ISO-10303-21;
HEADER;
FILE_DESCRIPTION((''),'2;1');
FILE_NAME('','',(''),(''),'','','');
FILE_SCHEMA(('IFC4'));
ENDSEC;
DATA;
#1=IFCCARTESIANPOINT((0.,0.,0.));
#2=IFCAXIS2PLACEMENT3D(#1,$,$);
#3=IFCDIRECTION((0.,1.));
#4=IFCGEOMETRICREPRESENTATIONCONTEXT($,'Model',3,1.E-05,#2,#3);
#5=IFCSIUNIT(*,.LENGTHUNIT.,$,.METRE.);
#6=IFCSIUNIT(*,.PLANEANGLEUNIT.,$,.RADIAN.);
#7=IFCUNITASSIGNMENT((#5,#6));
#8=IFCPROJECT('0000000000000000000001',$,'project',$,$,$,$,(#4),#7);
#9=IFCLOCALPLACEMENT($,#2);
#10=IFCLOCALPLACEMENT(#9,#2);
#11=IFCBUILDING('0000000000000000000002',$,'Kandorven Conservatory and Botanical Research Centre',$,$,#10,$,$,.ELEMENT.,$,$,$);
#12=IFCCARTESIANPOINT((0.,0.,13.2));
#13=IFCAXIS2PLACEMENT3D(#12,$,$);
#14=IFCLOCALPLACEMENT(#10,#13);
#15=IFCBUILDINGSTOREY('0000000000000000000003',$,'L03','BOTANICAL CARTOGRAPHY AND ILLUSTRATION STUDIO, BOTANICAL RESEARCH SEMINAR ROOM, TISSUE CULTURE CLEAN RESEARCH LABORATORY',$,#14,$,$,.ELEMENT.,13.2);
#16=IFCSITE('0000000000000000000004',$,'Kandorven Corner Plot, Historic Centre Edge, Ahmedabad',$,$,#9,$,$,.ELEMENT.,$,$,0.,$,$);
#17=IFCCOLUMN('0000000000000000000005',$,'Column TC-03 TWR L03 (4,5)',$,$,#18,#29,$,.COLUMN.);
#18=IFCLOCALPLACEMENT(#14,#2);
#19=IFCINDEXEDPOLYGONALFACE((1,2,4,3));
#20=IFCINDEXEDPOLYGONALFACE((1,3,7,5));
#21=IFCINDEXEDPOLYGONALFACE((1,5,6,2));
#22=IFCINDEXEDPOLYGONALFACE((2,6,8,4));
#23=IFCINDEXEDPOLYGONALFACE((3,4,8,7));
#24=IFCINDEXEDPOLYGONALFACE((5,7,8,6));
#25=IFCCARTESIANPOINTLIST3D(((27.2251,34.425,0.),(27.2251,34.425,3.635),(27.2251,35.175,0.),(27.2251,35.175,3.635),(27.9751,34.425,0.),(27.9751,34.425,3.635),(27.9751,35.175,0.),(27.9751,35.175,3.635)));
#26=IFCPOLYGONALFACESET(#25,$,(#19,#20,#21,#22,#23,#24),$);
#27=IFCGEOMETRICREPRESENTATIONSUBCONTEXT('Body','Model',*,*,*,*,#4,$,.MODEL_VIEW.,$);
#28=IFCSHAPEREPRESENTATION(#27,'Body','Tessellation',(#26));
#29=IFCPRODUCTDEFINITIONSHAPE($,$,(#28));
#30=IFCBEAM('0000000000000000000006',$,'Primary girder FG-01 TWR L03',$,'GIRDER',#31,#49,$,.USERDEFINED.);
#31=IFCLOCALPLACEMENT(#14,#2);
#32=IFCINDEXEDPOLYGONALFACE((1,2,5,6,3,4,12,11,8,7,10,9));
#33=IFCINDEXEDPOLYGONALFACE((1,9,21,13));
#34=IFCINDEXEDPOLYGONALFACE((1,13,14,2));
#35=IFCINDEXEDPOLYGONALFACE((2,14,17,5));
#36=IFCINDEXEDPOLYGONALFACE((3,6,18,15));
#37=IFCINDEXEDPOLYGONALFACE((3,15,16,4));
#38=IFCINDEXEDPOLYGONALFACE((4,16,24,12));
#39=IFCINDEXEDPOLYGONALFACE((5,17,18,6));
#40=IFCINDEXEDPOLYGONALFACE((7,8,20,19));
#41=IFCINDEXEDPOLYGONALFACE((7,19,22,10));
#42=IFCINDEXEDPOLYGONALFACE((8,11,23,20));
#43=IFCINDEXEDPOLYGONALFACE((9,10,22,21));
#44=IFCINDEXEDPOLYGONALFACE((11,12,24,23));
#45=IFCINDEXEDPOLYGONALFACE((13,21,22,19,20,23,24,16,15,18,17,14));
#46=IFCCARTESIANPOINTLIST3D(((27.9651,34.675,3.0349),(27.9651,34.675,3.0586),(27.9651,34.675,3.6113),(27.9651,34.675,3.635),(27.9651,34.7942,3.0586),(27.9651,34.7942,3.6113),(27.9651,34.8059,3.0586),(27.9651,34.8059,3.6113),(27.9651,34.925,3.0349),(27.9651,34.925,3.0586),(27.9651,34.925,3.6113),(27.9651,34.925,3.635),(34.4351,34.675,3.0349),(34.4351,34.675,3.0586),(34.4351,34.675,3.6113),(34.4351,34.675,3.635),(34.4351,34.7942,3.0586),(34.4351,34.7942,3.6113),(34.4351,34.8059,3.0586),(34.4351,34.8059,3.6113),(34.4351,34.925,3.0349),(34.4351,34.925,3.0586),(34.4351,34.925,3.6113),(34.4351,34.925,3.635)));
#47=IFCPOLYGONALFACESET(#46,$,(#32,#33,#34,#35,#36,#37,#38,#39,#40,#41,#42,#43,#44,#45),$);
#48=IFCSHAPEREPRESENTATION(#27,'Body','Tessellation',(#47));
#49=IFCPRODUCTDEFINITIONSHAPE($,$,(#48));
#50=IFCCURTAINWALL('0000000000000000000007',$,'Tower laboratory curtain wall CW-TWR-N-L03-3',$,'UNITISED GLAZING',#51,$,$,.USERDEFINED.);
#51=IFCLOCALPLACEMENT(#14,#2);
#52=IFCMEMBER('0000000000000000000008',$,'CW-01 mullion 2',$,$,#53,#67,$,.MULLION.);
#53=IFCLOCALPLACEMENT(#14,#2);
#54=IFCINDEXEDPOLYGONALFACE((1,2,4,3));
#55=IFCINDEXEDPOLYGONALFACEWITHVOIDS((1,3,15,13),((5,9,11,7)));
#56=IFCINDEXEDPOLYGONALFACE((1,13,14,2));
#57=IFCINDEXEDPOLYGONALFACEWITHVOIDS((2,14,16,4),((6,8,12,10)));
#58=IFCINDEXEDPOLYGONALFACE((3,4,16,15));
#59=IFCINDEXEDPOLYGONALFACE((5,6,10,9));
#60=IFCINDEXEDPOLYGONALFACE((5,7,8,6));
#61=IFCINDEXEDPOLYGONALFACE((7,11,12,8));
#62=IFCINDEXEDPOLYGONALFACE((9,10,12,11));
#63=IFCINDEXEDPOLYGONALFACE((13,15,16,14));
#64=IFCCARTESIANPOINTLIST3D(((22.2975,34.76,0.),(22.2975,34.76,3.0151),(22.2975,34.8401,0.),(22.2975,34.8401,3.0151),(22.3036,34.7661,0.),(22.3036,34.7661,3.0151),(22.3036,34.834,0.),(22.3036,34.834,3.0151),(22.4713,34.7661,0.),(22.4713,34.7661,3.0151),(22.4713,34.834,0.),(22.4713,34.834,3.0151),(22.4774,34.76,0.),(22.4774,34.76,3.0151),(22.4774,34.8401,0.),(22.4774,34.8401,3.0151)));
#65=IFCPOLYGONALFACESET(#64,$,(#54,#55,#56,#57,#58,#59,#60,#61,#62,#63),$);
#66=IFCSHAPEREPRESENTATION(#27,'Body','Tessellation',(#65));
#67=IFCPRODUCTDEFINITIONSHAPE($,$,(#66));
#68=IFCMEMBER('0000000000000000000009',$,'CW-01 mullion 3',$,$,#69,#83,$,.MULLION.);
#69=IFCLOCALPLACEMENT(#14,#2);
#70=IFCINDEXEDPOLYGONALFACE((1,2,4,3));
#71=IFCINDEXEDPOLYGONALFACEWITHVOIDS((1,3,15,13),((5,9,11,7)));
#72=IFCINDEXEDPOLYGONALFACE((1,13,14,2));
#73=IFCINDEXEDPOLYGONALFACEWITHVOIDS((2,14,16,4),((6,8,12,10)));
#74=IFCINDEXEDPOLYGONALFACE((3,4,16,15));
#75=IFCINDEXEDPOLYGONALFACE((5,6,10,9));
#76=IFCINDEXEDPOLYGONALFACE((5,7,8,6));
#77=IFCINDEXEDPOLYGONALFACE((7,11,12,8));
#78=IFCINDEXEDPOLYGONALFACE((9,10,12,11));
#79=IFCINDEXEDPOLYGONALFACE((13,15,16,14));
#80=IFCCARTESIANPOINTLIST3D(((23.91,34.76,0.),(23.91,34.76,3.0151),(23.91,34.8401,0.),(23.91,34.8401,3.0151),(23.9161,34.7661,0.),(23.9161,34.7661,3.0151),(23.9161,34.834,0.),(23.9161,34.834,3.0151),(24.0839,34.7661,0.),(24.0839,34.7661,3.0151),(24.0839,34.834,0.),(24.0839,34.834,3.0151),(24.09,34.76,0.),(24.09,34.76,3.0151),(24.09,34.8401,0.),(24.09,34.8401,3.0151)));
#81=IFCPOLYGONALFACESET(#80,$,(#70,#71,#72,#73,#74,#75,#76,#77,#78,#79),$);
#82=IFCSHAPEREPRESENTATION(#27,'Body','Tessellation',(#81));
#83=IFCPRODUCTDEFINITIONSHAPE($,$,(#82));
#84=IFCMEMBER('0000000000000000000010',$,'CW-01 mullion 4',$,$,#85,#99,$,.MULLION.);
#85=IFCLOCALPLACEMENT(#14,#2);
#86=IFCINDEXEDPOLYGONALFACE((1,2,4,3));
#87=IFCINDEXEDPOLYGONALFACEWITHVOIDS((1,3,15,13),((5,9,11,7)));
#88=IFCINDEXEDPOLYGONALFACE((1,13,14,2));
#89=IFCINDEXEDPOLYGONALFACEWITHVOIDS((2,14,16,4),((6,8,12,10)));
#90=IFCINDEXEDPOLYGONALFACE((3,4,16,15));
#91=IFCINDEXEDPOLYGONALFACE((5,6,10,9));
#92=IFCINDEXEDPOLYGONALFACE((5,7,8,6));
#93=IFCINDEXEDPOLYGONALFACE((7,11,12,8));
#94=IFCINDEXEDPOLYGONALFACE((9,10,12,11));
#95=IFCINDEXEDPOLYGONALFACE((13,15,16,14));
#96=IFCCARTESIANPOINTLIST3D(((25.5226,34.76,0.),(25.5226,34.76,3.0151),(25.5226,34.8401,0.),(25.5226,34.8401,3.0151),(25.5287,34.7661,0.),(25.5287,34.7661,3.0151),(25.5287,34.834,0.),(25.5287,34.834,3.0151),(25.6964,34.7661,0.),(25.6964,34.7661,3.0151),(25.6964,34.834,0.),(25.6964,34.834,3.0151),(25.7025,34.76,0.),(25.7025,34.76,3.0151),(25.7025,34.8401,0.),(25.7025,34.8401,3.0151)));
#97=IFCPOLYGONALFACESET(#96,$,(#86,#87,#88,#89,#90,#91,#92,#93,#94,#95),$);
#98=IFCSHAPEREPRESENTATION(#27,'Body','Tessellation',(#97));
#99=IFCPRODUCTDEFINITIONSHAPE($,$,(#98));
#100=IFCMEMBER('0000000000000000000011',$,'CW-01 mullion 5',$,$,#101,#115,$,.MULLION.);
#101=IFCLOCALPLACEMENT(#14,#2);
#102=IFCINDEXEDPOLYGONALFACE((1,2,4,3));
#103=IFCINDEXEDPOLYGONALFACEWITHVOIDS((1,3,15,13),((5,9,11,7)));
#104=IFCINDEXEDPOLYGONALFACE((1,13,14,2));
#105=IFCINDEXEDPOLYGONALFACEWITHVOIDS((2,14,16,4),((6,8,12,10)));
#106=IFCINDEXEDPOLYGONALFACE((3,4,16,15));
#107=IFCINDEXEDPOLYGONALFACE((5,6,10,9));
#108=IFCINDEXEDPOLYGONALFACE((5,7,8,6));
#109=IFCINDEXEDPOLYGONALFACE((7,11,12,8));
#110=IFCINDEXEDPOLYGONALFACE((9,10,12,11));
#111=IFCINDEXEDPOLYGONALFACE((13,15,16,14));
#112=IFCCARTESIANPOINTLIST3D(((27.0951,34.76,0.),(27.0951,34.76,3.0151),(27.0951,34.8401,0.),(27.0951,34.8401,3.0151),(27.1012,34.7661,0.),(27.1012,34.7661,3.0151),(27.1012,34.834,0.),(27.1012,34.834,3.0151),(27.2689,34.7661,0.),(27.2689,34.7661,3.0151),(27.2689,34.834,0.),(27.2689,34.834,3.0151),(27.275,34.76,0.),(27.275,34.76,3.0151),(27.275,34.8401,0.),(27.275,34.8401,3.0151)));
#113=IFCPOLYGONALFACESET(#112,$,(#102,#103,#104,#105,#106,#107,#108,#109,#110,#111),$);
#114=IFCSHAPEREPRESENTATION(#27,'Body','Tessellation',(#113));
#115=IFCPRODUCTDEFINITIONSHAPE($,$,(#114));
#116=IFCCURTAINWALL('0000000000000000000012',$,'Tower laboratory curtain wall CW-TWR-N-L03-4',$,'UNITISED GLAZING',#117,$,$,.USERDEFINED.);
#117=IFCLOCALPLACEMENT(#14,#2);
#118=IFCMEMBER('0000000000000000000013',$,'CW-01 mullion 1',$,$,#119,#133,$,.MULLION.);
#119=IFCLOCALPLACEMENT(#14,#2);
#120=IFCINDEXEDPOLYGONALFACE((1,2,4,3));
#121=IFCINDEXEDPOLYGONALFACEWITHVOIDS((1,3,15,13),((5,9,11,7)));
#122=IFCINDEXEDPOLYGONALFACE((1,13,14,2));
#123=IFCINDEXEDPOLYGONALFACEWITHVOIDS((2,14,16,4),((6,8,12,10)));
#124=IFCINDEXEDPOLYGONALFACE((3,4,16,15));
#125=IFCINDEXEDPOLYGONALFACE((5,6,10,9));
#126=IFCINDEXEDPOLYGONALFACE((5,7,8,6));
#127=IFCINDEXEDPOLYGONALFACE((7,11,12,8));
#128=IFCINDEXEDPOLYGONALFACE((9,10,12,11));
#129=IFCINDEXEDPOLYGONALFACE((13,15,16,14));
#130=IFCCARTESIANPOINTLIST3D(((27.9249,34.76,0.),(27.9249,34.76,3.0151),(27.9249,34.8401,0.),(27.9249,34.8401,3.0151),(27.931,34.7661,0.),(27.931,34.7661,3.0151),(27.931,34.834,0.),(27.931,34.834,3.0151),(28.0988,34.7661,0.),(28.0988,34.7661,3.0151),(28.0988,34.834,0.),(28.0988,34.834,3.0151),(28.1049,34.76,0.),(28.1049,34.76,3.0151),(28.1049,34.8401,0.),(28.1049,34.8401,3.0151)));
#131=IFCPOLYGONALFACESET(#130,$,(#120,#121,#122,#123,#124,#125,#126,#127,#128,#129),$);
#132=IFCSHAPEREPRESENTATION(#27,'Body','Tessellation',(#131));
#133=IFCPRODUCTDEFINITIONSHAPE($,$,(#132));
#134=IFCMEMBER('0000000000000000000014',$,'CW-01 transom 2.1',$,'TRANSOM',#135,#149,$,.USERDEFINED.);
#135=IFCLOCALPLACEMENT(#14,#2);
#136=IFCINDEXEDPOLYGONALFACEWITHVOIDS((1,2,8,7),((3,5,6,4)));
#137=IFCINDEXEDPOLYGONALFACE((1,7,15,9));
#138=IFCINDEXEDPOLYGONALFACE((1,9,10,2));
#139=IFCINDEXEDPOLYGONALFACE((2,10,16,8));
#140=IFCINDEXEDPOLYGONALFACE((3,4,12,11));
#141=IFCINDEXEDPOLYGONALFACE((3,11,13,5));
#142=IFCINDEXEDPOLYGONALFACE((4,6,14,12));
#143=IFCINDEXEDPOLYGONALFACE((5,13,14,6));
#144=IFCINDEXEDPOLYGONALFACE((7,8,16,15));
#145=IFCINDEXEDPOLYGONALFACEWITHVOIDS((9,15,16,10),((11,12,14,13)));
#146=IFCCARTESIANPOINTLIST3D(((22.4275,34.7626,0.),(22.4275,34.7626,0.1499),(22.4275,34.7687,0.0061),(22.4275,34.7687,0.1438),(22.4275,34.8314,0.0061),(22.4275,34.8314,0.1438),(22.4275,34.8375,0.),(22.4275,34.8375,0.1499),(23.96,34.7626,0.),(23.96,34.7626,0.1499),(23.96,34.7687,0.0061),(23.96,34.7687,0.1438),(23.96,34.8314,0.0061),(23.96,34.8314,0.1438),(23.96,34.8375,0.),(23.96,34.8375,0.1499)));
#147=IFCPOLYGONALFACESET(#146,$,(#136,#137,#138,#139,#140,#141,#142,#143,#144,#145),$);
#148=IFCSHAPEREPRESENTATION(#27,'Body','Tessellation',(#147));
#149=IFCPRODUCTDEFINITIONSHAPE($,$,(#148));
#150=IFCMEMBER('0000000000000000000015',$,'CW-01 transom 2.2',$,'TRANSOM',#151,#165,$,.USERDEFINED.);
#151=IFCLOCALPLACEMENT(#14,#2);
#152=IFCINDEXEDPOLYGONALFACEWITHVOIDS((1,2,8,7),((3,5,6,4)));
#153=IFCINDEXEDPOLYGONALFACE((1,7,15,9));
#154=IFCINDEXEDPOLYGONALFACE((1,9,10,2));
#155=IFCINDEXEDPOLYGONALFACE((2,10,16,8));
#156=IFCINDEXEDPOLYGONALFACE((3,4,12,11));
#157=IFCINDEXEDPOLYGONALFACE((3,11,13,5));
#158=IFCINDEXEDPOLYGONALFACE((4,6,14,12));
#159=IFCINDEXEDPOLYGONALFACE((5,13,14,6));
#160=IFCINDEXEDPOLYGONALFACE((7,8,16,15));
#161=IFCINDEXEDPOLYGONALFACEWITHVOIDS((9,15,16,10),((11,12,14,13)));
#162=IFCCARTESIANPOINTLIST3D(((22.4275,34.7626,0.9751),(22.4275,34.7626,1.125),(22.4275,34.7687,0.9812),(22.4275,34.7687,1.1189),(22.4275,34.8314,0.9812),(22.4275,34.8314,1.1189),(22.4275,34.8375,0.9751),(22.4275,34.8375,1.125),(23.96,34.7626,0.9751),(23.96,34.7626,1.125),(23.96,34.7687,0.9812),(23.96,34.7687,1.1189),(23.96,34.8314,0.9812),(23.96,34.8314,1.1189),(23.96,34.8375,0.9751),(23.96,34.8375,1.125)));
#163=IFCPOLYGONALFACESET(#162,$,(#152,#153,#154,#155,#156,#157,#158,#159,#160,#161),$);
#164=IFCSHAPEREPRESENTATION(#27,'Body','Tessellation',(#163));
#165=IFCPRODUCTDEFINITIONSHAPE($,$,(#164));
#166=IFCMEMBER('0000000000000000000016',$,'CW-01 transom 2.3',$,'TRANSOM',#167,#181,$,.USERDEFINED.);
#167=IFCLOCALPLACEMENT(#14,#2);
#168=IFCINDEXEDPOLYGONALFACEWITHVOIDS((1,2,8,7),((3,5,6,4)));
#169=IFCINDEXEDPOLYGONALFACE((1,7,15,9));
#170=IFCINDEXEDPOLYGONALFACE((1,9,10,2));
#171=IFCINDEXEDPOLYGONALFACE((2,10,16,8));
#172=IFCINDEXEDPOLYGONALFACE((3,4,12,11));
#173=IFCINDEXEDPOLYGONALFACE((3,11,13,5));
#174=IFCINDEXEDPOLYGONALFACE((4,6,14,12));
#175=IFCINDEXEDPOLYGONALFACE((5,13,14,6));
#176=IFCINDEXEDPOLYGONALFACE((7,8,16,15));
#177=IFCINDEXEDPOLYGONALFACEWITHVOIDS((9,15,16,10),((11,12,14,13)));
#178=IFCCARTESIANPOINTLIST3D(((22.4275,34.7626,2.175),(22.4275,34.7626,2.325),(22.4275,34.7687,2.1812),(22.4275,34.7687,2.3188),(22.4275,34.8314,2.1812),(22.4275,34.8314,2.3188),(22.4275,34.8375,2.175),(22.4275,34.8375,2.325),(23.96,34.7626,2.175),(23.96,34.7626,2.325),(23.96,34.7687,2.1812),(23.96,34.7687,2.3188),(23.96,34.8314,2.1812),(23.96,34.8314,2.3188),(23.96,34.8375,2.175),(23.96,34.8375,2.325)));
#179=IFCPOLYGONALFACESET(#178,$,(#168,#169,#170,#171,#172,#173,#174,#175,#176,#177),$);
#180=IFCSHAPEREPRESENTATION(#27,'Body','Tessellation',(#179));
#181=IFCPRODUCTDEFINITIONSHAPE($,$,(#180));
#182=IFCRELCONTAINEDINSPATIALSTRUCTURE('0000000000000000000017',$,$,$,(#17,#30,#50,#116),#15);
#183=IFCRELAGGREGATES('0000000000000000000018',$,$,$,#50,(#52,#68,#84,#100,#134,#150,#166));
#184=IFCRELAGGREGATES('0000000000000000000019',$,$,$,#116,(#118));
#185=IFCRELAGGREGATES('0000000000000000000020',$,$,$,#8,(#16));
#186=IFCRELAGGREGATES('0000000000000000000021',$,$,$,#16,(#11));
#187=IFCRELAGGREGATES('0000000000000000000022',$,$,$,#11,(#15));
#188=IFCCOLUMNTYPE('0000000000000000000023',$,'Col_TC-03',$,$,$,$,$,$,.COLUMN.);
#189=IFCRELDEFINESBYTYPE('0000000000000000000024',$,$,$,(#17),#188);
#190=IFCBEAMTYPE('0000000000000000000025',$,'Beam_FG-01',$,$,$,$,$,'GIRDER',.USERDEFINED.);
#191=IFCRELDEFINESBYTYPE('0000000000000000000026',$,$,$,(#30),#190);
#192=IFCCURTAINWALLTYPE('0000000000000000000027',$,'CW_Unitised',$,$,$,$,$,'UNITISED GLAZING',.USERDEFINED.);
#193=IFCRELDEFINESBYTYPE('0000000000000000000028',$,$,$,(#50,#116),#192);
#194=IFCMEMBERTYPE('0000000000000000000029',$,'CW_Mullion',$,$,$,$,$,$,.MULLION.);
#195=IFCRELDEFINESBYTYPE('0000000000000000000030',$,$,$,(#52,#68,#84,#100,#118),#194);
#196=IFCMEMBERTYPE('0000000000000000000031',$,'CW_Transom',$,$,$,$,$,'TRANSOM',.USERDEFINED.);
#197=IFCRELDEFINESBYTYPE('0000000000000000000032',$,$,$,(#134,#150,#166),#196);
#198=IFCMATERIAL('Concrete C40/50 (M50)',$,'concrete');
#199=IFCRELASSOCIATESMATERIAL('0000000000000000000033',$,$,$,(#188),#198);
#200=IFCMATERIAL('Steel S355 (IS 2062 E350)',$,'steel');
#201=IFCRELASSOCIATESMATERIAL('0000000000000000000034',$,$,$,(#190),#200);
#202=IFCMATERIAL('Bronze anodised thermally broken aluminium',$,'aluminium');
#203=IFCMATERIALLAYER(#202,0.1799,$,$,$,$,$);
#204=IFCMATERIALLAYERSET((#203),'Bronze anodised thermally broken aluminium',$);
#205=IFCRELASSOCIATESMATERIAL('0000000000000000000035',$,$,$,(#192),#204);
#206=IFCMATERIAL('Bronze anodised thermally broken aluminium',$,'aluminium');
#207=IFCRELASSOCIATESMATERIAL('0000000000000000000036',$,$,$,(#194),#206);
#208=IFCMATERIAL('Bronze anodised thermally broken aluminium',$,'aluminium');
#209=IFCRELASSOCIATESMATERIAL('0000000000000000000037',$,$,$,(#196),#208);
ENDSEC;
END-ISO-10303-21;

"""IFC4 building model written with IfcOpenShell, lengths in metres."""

from ifc_helpers import new_model, si_unit, direction, frame, origin, origin_2d, place, context, subcontext, project, spatial, rectangle, hollow_rectangle, i_section, extrude, material, layer, layer_set, material_profile, profile_set, type_object, element, aggregate, save


model = new_model("IFC4")

# Units and contexts
model_context = context("Model", 3, precision=1e-05, world=origin(), true_north=direction((0.0, 1.0)))
body_context = subcontext(model_context, "Body", "Model", "MODEL_VIEW")
ifc_project = project(units=[si_unit("LENGTHUNIT", "METRE"), si_unit("PLANEANGLEUNIT", "RADIAN")], contexts=[model_context])

# Site, building, storey
site_placement = place(None, origin())
site = spatial("IfcSite", under=ifc_project, at=site_placement, Name="Kandorven Corner Plot, Historic Centre Edge, Ahmedabad", CompositionType="ELEMENT", RefElevation=0.0)
building_placement = place(site_placement, origin())
building = spatial("IfcBuilding", under=site, at=building_placement, Name="Kandorven Conservatory and Botanical Research Centre", CompositionType="ELEMENT")
storey_placement = place(building_placement, frame((0.0, 0.0, 13.2)))
storey = spatial("IfcBuildingStorey", under=building, at=storey_placement, Name="L03", Description="BOTANICAL CARTOGRAPHY AND ILLUSTRATION STUDIO, BOTANICAL RESEARCH SEMINAR ROOM, TISSUE CULTURE CLEAN RESEARCH LABORATORY", CompositionType="ELEMENT", Elevation=13.2)

# Column
ifc_material_1 = material(Name="Concrete C40/50 (M50)", Category="concrete")
ifc_material_profile_1 = material_profile(ifc_material_1, rectangle(XDim=0.75, YDim=0.75, at=origin_2d()))
ifc_profile_set_1 = profile_set([ifc_material_profile_1], Name="Concrete C40/50 (M50)")
column_type = type_object("IfcColumnType", Name="Col_TC-03", PredefinedType="COLUMN", material=ifc_profile_set_1)
column_placement = place(storey_placement, frame((27.6001, 34.8, 0.0), z_axis=(0.0, 0.0, 1.0), x_axis=(1.0, 0.0, 0.0)))
element("IfcColumn", 1, at=column_placement, inside=storey, type_object=column_type, Name="Column TC-03 TWR L03 (4,5)", PredefinedType="COLUMN", context=body_context, shape_type="SweptSolid", body=[
    extrude(rectangle(XDim=0.75, YDim=0.75, at=origin_2d()), origin(), (0.0, 0.0, 1.0), 3.635),
])

# Beam
ifc_material_2 = material(Name="Steel S355 (IS 2062 E350)", Category="steel")
ifc_material_profile_2 = material_profile(ifc_material_2, i_section(OverallWidth=0.25, OverallDepth=0.6001, WebThickness=0.0117, FlangeThickness=0.0237, at=origin_2d()))
ifc_profile_set_2 = profile_set([ifc_material_profile_2], Name="Steel S355 (IS 2062 E350)")
beam_type = type_object("IfcBeamType", Name="Beam_FG-01", ElementType="GIRDER", PredefinedType="USERDEFINED", material=ifc_profile_set_2)
beam_placement = place(storey_placement, frame((27.9651, 34.8, 3.335), z_axis=(1.0, 0.0, 0.0), x_axis=(0.0, 1.0, 0.0)))
element("IfcBeam", 2, at=beam_placement, inside=storey, type_object=beam_type, Name="Primary girder FG-01 TWR L03", ObjectType="GIRDER", PredefinedType="USERDEFINED", context=body_context, shape_type="SweptSolid", body=[
    extrude(i_section(OverallWidth=0.25, OverallDepth=0.6001, WebThickness=0.0117, FlangeThickness=0.0237, at=origin_2d()), origin(), (0.0, 0.0, 1.0), 6.47),
])

# Curtain wall, members
ifc_material_3 = material(Name="Bronze anodised thermally broken aluminium", Category="aluminium")
ifc_layer_1 = layer(ifc_material_3, 0.1799)
ifc_layer_set_1 = layer_set([ifc_layer_1], Name="Bronze anodised thermally broken aluminium")
curtain_wall_type = type_object("IfcCurtainWallType", Name="CW_Unitised", ElementType="UNITISED GLAZING", PredefinedType="USERDEFINED", material=ifc_layer_set_1)
curtain_wall_1_placement = place(storey_placement, origin())
curtain_wall_1 = element("IfcCurtainWall", 3, at=curtain_wall_1_placement, inside=storey, type_object=curtain_wall_type, Name="Tower laboratory curtain wall CW-TWR-N-L03-3", ObjectType="UNITISED GLAZING", PredefinedType="USERDEFINED")
ifc_material_4 = material(Name="Bronze anodised thermally broken aluminium", Category="aluminium")
ifc_material_profile_3 = material_profile(ifc_material_4, hollow_rectangle(XDim=0.0801, YDim=0.1799, WallThickness=0.0061, at=origin_2d()))
ifc_profile_set_3 = profile_set([ifc_material_profile_3], Name="Bronze anodised thermally broken aluminium")
member_type_1 = type_object("IfcMemberType", Name="CW_Mullion", PredefinedType="MULLION", material=ifc_profile_set_3)
member_1_placement = place(storey_placement, frame((22.3875, 34.8, 0.0), z_axis=(0.0, 0.0, 1.0), x_axis=(0.0, 1.0, 0.0)))
member_1 = element("IfcMember", 4, at=member_1_placement, type_object=member_type_1, Name="CW-01 mullion 2", PredefinedType="MULLION", context=body_context, shape_type="SweptSolid", body=[
    extrude(hollow_rectangle(XDim=0.0801, YDim=0.1799, WallThickness=0.0061, at=origin_2d()), origin(), (0.0, 0.0, 1.0), 3.0151),
])
member_2_placement = place(storey_placement, frame((24.0, 34.8, 0.0), z_axis=(0.0, 0.0, 1.0), x_axis=(0.0, 1.0, 0.0)))
member_2 = element("IfcMember", 5, at=member_2_placement, type_object=member_type_1, Name="CW-01 mullion 3", PredefinedType="MULLION", context=body_context, shape_type="SweptSolid", body=[
    extrude(hollow_rectangle(XDim=0.0801, YDim=0.1799, WallThickness=0.0061, at=origin_2d()), origin(), (0.0, 0.0, 1.0), 3.0151),
])
member_3_placement = place(storey_placement, frame((25.6125, 34.8, 0.0), z_axis=(0.0, 0.0, 1.0), x_axis=(0.0, 1.0, 0.0)))
member_3 = element("IfcMember", 6, at=member_3_placement, type_object=member_type_1, Name="CW-01 mullion 4", PredefinedType="MULLION", context=body_context, shape_type="SweptSolid", body=[
    extrude(hollow_rectangle(XDim=0.0801, YDim=0.1799, WallThickness=0.0061, at=origin_2d()), origin(), (0.0, 0.0, 1.0), 3.0151),
])
member_4_placement = place(storey_placement, frame((27.1851, 34.8, 0.0), z_axis=(0.0, 0.0, 1.0), x_axis=(0.0, 1.0, 0.0)))
member_4 = element("IfcMember", 7, at=member_4_placement, type_object=member_type_1, Name="CW-01 mullion 5", PredefinedType="MULLION", context=body_context, shape_type="SweptSolid", body=[
    extrude(hollow_rectangle(XDim=0.0801, YDim=0.1799, WallThickness=0.0061, at=origin_2d()), origin(), (0.0, 0.0, 1.0), 3.0151),
])

# Curtain wall, member
curtain_wall_2_placement = place(storey_placement, origin())
curtain_wall_2 = element("IfcCurtainWall", 8, at=curtain_wall_2_placement, inside=storey, type_object=curtain_wall_type, Name="Tower laboratory curtain wall CW-TWR-N-L03-4", ObjectType="UNITISED GLAZING", PredefinedType="USERDEFINED")
member_5_placement = place(storey_placement, frame((28.0149, 34.8, 0.0), z_axis=(0.0, 0.0, 1.0), x_axis=(0.0, 1.0, 0.0)))
member_5 = element("IfcMember", 9, at=member_5_placement, type_object=member_type_1, Name="CW-01 mullion 1", PredefinedType="MULLION", context=body_context, shape_type="SweptSolid", body=[
    extrude(hollow_rectangle(XDim=0.0801, YDim=0.1799, WallThickness=0.0061, at=origin_2d()), origin(), (0.0, 0.0, 1.0), 3.0151),
])

# Members
ifc_material_5 = material(Name="Bronze anodised thermally broken aluminium", Category="aluminium")
ifc_material_profile_4 = material_profile(ifc_material_5, hollow_rectangle(XDim=0.075, YDim=0.1499, WallThickness=0.0061, at=origin_2d()))
ifc_profile_set_4 = profile_set([ifc_material_profile_4], Name="Bronze anodised thermally broken aluminium")
member_type_2 = type_object("IfcMemberType", Name="CW_Transom", ElementType="TRANSOM", PredefinedType="USERDEFINED", material=ifc_profile_set_4)
member_6_placement = place(storey_placement, frame((22.4275, 34.8, 0.075), z_axis=(1.0, 0.0, 0.0), x_axis=(0.0, 1.0, 0.0)))
member_6 = element("IfcMember", 10, at=member_6_placement, type_object=member_type_2, Name="CW-01 transom 2.1", ObjectType="TRANSOM", PredefinedType="USERDEFINED", context=body_context, shape_type="SweptSolid", body=[
    extrude(hollow_rectangle(XDim=0.075, YDim=0.1499, WallThickness=0.0061, at=origin_2d()), origin(), (0.0, 0.0, 1.0), 1.5325),
])
member_7_placement = place(storey_placement, frame((22.4275, 34.8, 1.05), z_axis=(1.0, 0.0, 0.0), x_axis=(0.0, 1.0, 0.0)))
member_7 = element("IfcMember", 11, at=member_7_placement, type_object=member_type_2, Name="CW-01 transom 2.2", ObjectType="TRANSOM", PredefinedType="USERDEFINED", context=body_context, shape_type="SweptSolid", body=[
    extrude(hollow_rectangle(XDim=0.075, YDim=0.1499, WallThickness=0.0061, at=origin_2d()), origin(), (0.0, 0.0, 1.0), 1.5325),
])
member_8_placement = place(storey_placement, frame((22.4275, 34.8, 2.25), z_axis=(1.0, 0.0, 0.0), x_axis=(0.0, 1.0, 0.0)))
member_8 = element("IfcMember", 12, at=member_8_placement, type_object=member_type_2, Name="CW-01 transom 2.3", ObjectType="TRANSOM", PredefinedType="USERDEFINED", context=body_context, shape_type="SweptSolid", body=[
    extrude(hollow_rectangle(XDim=0.075, YDim=0.1499, WallThickness=0.0061, at=origin_2d()), origin(), (0.0, 0.0, 1.0), 1.5325),
])

aggregate(curtain_wall_1, [member_1, member_2, member_3, member_4, member_6, member_7, member_8])
aggregate(curtain_wall_2, [member_5])

save(model, "model.ifc")
